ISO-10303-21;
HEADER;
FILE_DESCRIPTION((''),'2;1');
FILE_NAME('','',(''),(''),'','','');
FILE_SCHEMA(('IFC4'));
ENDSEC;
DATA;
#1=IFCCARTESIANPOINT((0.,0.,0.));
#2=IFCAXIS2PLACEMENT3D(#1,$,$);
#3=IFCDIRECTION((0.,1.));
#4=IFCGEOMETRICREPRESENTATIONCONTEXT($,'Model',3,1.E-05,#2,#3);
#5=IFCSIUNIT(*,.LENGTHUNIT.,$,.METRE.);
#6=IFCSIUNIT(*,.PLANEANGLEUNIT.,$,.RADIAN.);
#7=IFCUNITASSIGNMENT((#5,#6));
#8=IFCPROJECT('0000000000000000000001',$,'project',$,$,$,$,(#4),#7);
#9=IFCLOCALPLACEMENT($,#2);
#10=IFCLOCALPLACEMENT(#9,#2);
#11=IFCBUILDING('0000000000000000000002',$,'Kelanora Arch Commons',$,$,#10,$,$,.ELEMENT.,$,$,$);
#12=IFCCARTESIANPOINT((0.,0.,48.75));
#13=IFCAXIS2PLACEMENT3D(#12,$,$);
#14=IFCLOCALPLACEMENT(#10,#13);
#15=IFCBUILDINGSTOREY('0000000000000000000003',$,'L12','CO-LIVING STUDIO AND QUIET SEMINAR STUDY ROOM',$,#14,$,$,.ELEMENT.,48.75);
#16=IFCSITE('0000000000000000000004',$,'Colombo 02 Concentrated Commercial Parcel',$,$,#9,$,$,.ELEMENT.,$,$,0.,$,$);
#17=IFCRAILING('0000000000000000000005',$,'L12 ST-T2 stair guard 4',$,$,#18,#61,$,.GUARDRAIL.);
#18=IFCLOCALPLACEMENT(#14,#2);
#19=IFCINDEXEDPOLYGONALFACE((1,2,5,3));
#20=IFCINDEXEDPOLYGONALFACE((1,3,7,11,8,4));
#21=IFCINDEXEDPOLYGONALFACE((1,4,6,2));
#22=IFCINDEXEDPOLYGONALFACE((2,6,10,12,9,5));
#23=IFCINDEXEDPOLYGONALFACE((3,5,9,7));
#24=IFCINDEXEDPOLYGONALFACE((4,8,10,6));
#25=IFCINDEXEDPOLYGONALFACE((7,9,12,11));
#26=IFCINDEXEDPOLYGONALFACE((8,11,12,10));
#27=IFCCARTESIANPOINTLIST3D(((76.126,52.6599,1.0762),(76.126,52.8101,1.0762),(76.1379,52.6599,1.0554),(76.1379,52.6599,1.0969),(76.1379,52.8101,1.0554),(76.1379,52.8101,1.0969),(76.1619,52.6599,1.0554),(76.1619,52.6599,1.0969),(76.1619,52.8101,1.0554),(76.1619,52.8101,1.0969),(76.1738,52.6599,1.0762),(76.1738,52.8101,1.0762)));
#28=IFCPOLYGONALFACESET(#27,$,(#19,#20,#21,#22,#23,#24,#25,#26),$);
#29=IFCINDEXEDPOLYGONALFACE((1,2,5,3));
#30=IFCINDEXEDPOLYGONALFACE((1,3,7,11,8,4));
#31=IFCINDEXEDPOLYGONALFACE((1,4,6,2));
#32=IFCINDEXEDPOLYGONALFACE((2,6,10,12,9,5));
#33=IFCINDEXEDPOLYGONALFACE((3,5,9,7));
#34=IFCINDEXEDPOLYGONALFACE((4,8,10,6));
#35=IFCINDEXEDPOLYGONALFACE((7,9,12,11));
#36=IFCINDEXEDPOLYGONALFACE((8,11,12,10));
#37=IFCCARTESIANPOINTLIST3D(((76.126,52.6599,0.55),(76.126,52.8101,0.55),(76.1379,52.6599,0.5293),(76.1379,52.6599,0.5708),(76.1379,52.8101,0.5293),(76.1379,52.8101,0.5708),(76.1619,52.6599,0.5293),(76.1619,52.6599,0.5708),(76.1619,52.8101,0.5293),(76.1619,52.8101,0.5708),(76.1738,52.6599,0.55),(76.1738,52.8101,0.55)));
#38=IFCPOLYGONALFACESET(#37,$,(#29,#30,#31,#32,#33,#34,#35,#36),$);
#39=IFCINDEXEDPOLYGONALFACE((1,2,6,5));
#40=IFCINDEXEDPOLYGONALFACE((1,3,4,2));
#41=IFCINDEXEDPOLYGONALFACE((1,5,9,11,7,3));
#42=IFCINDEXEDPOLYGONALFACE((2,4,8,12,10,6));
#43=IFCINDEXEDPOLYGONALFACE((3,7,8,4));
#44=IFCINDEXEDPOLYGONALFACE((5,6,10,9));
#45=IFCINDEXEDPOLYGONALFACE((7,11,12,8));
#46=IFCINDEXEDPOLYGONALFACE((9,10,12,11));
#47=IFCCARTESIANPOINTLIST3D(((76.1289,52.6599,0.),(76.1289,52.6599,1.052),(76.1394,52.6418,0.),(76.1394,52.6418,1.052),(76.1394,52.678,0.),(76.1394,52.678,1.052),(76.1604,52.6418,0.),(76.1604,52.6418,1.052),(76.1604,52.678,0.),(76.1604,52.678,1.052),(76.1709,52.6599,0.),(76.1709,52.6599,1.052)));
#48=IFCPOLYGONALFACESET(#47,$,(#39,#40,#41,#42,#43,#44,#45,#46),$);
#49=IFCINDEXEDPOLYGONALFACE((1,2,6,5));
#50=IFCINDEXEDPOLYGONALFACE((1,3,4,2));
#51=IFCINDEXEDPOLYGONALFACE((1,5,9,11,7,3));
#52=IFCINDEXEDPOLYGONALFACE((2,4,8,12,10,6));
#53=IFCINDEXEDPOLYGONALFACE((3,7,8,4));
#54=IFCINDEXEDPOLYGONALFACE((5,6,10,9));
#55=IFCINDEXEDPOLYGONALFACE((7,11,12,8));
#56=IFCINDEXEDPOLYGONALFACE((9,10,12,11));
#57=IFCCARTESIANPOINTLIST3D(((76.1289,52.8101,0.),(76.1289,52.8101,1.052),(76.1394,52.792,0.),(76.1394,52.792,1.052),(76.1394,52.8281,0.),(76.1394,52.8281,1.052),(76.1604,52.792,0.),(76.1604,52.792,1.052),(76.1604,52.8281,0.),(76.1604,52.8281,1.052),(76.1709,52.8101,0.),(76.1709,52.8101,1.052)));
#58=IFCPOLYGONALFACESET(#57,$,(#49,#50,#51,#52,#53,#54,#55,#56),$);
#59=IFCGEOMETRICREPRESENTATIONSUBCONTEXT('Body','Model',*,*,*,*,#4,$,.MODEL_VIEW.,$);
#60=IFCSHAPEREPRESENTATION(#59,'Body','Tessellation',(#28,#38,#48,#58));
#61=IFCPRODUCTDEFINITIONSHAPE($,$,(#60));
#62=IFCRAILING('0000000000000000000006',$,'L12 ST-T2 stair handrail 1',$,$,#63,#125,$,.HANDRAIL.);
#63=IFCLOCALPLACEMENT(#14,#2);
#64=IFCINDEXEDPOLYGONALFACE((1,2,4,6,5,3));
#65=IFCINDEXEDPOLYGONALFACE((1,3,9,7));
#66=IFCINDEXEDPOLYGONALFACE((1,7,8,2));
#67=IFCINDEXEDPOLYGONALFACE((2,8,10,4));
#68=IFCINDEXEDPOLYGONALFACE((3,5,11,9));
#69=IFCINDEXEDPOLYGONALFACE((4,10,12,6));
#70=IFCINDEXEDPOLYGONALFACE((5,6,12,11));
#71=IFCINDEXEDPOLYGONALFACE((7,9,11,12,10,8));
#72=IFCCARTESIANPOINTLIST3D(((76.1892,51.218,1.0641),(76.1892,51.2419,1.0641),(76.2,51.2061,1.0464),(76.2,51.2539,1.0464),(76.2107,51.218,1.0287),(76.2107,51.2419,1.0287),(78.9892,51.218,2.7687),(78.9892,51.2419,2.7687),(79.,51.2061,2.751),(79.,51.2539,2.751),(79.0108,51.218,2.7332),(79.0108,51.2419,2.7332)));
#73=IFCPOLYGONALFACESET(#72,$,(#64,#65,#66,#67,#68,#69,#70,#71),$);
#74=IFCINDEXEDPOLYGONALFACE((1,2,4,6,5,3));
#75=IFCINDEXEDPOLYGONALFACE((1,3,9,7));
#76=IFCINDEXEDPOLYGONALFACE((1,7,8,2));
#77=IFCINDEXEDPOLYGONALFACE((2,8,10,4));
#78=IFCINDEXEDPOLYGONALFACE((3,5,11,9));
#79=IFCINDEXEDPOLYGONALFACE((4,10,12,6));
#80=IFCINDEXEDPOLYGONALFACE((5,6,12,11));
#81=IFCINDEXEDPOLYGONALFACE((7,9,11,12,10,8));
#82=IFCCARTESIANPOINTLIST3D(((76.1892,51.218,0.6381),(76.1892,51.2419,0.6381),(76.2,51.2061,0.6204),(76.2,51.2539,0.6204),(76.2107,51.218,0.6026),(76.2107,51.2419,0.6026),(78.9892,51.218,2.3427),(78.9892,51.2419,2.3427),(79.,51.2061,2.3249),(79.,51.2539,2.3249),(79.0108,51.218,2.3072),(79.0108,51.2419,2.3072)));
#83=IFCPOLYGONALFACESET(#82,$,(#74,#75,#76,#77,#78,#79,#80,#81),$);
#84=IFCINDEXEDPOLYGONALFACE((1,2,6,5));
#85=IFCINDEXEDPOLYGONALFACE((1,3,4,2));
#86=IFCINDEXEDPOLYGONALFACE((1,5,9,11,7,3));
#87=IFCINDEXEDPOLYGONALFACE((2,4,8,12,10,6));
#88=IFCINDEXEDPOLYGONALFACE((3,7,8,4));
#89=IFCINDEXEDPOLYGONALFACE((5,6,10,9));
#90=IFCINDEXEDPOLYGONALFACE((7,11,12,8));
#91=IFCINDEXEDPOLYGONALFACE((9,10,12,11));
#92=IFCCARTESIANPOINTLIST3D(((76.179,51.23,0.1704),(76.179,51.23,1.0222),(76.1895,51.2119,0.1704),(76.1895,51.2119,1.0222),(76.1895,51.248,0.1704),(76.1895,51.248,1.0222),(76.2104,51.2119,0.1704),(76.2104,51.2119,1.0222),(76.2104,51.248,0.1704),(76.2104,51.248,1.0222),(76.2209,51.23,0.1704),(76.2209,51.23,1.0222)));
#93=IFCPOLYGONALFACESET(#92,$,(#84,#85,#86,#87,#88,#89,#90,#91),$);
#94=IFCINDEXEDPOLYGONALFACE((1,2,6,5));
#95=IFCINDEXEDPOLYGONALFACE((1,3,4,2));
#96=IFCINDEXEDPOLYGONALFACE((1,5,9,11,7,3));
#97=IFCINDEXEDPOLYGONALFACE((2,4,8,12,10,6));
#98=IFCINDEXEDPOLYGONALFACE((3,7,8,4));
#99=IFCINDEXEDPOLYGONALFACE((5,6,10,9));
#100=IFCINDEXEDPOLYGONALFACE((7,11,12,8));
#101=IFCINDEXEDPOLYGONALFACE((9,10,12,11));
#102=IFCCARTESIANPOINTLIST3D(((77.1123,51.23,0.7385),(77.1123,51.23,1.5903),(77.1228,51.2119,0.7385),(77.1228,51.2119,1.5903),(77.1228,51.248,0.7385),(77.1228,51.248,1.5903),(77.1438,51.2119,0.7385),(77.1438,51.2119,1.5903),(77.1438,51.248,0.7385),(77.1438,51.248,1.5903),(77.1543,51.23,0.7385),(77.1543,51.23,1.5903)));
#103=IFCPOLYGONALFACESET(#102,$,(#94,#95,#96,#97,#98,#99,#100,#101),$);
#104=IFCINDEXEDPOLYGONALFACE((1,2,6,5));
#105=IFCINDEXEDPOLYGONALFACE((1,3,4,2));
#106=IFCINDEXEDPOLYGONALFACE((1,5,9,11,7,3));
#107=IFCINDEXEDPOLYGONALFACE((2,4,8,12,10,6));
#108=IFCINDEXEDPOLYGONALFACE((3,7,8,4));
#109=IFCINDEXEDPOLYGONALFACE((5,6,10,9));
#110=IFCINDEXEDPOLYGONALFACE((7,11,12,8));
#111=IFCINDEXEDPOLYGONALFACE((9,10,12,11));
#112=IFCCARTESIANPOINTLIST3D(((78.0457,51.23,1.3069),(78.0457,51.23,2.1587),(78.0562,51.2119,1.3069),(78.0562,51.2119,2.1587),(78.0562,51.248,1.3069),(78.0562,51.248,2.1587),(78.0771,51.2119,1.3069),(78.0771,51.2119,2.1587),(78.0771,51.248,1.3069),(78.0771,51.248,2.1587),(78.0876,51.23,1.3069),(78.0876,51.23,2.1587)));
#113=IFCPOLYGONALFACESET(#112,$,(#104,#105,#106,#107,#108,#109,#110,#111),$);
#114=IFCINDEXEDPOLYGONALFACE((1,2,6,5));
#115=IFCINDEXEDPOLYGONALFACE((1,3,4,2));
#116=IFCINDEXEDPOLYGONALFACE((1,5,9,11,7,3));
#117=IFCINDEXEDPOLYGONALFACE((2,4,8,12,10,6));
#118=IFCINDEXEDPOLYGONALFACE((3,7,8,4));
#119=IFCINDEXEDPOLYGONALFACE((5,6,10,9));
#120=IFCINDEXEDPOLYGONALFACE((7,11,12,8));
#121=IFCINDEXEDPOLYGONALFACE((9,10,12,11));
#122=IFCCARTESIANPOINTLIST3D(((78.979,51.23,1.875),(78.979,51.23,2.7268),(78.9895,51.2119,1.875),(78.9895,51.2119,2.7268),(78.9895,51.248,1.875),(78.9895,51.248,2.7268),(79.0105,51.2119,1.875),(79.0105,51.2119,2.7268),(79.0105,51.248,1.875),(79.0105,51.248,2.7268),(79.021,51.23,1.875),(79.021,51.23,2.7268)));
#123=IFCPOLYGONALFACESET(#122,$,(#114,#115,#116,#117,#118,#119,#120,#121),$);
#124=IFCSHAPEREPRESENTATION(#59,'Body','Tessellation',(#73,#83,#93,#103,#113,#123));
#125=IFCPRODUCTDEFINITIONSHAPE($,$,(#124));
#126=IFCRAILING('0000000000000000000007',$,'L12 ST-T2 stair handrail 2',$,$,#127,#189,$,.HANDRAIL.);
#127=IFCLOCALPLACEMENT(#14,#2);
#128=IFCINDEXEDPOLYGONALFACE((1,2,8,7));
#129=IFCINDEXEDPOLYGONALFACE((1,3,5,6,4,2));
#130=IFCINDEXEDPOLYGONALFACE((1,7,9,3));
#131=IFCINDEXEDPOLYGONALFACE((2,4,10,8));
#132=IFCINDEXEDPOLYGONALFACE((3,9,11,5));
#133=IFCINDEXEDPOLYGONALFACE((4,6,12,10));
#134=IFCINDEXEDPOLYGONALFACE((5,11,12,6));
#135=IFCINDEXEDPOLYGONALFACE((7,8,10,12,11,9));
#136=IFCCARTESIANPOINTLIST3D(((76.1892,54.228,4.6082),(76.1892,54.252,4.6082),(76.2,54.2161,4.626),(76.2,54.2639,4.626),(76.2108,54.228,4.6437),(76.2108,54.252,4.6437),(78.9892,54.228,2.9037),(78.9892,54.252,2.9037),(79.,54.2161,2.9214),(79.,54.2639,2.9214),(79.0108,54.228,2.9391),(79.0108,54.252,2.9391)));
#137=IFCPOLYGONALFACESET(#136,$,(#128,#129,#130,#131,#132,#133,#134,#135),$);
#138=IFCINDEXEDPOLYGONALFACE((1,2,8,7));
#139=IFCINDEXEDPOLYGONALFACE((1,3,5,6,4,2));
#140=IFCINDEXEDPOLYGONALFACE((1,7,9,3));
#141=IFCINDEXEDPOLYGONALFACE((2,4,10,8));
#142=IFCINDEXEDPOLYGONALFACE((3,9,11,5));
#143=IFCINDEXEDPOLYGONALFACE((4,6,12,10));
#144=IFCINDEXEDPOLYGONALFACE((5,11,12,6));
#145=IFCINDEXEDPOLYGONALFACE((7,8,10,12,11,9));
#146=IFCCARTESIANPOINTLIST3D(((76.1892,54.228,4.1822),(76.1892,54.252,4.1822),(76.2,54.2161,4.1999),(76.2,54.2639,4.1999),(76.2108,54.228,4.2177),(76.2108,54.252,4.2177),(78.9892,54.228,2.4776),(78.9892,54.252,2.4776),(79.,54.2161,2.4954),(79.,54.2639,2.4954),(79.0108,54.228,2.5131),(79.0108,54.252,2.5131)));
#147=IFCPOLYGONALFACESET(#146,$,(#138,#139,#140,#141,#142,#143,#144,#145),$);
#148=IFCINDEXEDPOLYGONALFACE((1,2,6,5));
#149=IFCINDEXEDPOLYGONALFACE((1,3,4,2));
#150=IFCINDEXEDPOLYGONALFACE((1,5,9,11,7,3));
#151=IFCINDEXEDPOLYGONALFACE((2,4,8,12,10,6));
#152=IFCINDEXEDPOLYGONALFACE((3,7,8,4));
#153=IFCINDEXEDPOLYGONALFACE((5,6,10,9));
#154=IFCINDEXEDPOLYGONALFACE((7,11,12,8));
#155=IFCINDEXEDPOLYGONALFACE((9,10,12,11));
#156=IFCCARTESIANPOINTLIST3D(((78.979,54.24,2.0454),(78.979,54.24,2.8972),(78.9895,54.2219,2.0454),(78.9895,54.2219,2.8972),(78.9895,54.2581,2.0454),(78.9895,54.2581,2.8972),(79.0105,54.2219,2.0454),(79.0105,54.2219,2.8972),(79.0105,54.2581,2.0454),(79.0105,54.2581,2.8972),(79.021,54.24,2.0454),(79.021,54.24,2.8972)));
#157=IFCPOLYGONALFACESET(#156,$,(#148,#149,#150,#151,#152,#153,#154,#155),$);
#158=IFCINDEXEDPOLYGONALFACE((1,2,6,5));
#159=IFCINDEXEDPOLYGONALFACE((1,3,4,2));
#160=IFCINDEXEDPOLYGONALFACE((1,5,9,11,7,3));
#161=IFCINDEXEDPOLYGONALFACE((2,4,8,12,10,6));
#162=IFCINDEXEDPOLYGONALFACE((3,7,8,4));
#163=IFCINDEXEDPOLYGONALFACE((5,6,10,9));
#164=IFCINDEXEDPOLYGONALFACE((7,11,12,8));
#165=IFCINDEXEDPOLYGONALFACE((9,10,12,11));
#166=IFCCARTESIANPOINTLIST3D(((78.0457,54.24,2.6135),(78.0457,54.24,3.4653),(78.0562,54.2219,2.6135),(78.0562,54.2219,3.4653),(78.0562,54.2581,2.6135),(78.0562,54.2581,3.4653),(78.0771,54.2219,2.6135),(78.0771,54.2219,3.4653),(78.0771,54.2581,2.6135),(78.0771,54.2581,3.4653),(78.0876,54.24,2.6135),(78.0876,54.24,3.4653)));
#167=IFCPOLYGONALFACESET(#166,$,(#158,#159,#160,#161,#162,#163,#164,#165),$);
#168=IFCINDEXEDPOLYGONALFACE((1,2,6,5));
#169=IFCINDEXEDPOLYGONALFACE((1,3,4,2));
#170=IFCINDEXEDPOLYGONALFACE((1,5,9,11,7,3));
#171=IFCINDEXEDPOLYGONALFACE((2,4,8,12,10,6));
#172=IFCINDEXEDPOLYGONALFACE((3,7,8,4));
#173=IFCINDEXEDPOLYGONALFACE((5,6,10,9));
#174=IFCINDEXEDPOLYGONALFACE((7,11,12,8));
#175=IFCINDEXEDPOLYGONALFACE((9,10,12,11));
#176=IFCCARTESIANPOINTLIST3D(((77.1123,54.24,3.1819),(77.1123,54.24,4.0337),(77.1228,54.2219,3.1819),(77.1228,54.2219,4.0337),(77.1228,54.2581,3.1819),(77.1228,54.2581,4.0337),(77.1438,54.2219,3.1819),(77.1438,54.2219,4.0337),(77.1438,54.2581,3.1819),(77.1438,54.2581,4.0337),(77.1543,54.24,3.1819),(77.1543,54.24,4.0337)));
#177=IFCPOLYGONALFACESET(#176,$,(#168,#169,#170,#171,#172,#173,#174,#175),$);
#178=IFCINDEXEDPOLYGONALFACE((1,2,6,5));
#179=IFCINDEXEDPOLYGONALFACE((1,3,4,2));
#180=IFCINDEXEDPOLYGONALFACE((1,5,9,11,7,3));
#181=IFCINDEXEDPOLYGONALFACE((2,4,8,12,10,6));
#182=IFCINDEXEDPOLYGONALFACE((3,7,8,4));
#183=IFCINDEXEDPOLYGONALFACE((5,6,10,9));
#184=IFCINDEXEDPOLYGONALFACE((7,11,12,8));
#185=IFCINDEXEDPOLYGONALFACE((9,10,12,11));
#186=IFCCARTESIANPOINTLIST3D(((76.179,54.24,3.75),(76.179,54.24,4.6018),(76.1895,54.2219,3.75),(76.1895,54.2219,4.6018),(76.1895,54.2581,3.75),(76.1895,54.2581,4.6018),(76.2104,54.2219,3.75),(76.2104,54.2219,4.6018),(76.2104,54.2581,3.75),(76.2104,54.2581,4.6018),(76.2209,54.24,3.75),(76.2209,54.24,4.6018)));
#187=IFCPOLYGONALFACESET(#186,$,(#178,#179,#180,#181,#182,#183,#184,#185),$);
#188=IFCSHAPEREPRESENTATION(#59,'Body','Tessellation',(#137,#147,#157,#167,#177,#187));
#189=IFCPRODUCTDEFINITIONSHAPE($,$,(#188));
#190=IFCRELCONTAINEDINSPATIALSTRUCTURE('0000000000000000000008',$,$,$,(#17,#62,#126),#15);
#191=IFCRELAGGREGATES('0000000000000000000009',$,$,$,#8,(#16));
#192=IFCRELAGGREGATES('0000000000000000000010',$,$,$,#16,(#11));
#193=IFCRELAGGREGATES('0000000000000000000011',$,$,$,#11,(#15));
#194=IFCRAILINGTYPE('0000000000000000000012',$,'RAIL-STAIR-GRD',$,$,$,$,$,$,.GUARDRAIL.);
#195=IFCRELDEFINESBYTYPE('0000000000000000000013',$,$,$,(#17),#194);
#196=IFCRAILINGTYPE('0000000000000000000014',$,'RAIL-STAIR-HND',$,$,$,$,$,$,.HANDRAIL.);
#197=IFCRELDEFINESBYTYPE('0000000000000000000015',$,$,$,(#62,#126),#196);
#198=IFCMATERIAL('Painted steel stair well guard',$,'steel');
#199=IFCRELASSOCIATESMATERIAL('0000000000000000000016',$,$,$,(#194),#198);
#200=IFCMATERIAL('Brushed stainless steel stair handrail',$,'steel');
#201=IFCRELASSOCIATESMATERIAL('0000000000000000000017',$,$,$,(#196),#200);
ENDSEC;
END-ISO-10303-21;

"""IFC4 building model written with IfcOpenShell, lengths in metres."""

from ifc_helpers import new_model, si_unit, direction, frame, origin, place, context, subcontext, project, spatial, polyline, outline, extrude, material, type_object, element, save


model = new_model("IFC4")

# Units and contexts
model_context = context("Model", 3, precision=1e-05, world=origin(), true_north=direction((0.0, 1.0)))
body_context = subcontext(model_context, "Body", "Model", "MODEL_VIEW")
ifc_project = project(units=[si_unit("LENGTHUNIT", "METRE"), si_unit("PLANEANGLEUNIT", "RADIAN")], contexts=[model_context])

# Site, building, storey
site_placement = place(None, origin())
site = spatial("IfcSite", under=ifc_project, at=site_placement, Name="Colombo 02 Concentrated Commercial Parcel", CompositionType="ELEMENT", RefElevation=0.0)
building_placement = place(site_placement, origin())
building = spatial("IfcBuilding", under=site, at=building_placement, Name="Kelanora Arch Commons", CompositionType="ELEMENT")
storey_placement = place(building_placement, frame((0.0, 0.0, 48.75)))
storey = spatial("IfcBuildingStorey", under=building, at=storey_placement, Name="L12", Description="CO-LIVING STUDIO AND QUIET SEMINAR STUDY ROOM", CompositionType="ELEMENT", Elevation=48.75)

# Railings
ifc_material_1 = material(Name="Painted steel stair well guard", Category="steel")
railing_type_1 = type_object("IfcRailingType", Name="RAIL-STAIR-GRD", PredefinedType="GUARDRAIL", material=ifc_material_1)
railing_1_placement = place(storey_placement, frame((76.1499, 52.6599, 0.0)))
element("IfcRailing", 1, at=railing_1_placement, inside=storey, type_object=railing_type_1, Name="L12 ST-T2 stair guard 4", PredefinedType="GUARDRAIL", context=body_context, shape_type="SweptSolid", body=[
    extrude(outline(polyline([(0.0239, 0.0), (0.012, 0.0208), (-0.012, 0.0208), (-0.0239, 0.0), (-0.012, -0.0208), (0.012, -0.0208), (0.0239, 0.0)])), frame((0.0, 0.0, 1.0762), z_axis=(0.0, 1.0, 0.0), x_axis=(-1.0, 0.0, 0.0)), (0.0, 0.0, 1.0), 0.1501),
    extrude(outline(polyline([(0.0239, 0.0), (0.012, 0.0208), (-0.012, 0.0208), (-0.0239, 0.0), (-0.012, -0.0208), (0.012, -0.0208), (0.0239, 0.0)])), frame((0.0, 0.0, 0.55), z_axis=(0.0, 1.0, 0.0), x_axis=(-1.0, 0.0, 0.0)), (0.0, 0.0, 1.0), 0.1501),
    extrude(outline(polyline([(0.021, 0.0), (0.0105, 0.0181), (-0.0105, 0.0181), (-0.021, 0.0), (-0.0105, -0.0181), (0.0105, -0.0181), (0.021, 0.0)])), origin(), (0.0, 0.0, 1.0), 1.052),
    extrude(outline(polyline([(0.021, 0.0), (0.0105, 0.0181), (-0.0105, 0.0181), (-0.021, 0.0), (-0.0105, -0.0181), (0.0105, -0.0181), (0.021, 0.0)])), frame((0.0, 0.1501, 0.0)), (0.0, 0.0, 1.0), 1.052),
])
ifc_material_2 = material(Name="Brushed stainless steel stair handrail", Category="steel")
railing_type_2 = type_object("IfcRailingType", Name="RAIL-STAIR-HND", PredefinedType="HANDRAIL", material=ifc_material_2)
railing_2_placement = place(storey_placement, frame((76.2, 51.23, 0.1704)))
element("IfcRailing", 2, at=railing_2_placement, inside=storey, type_object=railing_type_2, Name="L12 ST-T2 stair handrail 1", PredefinedType="HANDRAIL", context=body_context, shape_type="SweptSolid", body=[
    extrude(outline(polyline([(0.0239, 0.0), (0.012, 0.0208), (-0.012, 0.0208), (-0.0239, 0.0), (-0.012, -0.0208), (0.012, -0.0208), (0.0239, 0.0)])), frame((0.0, 0.0, 0.876), z_axis=(0.85417, 0.0, 0.519994), x_axis=(0.0, 1.0, 0.0)), (0.0, 0.0, 1.0), 3.2781),
    extrude(outline(polyline([(0.0239, 0.0), (0.012, 0.0208), (-0.012, 0.0208), (-0.0239, 0.0), (-0.012, -0.0208), (0.012, -0.0208), (0.0239, 0.0)])), frame((0.0, 0.0, 0.45), z_axis=(0.85417, 0.0, 0.519994), x_axis=(0.0, 1.0, 0.0)), (0.0, 0.0, 1.0), 3.2781),
    extrude(outline(polyline([(0.021, 0.0), (0.0105, 0.0181), (-0.0105, 0.0181), (-0.021, 0.0), (-0.0105, -0.0181), (0.0105, -0.0181), (0.021, 0.0)])), origin(), (0.0, 0.0, 1.0), 0.8518),
    extrude(outline(polyline([(0.021, 0.0), (0.0105, 0.0181), (-0.0105, 0.0181), (-0.021, 0.0), (-0.0105, -0.0181), (0.0105, -0.0181), (0.021, 0.0)])), frame((0.9333, 0.0, 0.5681)), (0.0, 0.0, 1.0), 0.8518),
    extrude(outline(polyline([(0.021, 0.0), (0.0105, 0.0181), (-0.0105, 0.0181), (-0.021, 0.0), (-0.0105, -0.0181), (0.0105, -0.0181), (0.021, 0.0)])), frame((1.8667, 0.0, 1.1365)), (0.0, 0.0, 1.0), 0.8518),
    extrude(outline(polyline([(0.021, 0.0), (0.0105, 0.0181), (-0.0105, 0.0181), (-0.021, 0.0), (-0.0105, -0.0181), (0.0105, -0.0181), (0.021, 0.0)])), frame((2.8, 0.0, 1.7046)), (0.0, 0.0, 1.0), 0.8518),
])
railing_3_placement = place(storey_placement, frame((79.0, 54.24, 2.0454)))
element("IfcRailing", 3, at=railing_3_placement, inside=storey, type_object=railing_type_2, Name="L12 ST-T2 stair handrail 2", PredefinedType="HANDRAIL", context=body_context, shape_type="SweptSolid", body=[
    extrude(outline(polyline([(0.0239, 0.0), (0.012, 0.0208), (-0.012, 0.0208), (-0.0239, 0.0), (-0.012, -0.0208), (0.012, -0.0208), (0.0239, 0.0)])), frame((0.0, 0.0, 0.876), z_axis=(-0.85417, 0.0, 0.519994), x_axis=(0.0, -1.0, 0.0)), (0.0, 0.0, 1.0), 3.2781),
    extrude(outline(polyline([(0.0239, 0.0), (0.012, 0.0208), (-0.012, 0.0208), (-0.0239, 0.0), (-0.012, -0.0208), (0.012, -0.0208), (0.0239, 0.0)])), frame((0.0, 0.0, 0.45), z_axis=(-0.85417, 0.0, 0.519994), x_axis=(0.0, -1.0, 0.0)), (0.0, 0.0, 1.0), 3.2781),
    extrude(outline(polyline([(0.021, 0.0), (0.0105, 0.0181), (-0.0105, 0.0181), (-0.021, 0.0), (-0.0105, -0.0181), (0.0105, -0.0181), (0.021, 0.0)])), origin(), (0.0, 0.0, 1.0), 0.8518),
    extrude(outline(polyline([(0.021, 0.0), (0.0105, 0.0181), (-0.0105, 0.0181), (-0.021, 0.0), (-0.0105, -0.0181), (0.0105, -0.0181), (0.021, 0.0)])), frame((-0.9333, 0.0, 0.5681)), (0.0, 0.0, 1.0), 0.8518),
    extrude(outline(polyline([(0.021, 0.0), (0.0105, 0.0181), (-0.0105, 0.0181), (-0.021, 0.0), (-0.0105, -0.0181), (0.0105, -0.0181), (0.021, 0.0)])), frame((-1.8667, 0.0, 1.1365)), (0.0, 0.0, 1.0), 0.8518),
    extrude(outline(polyline([(0.021, 0.0), (0.0105, 0.0181), (-0.0105, 0.0181), (-0.021, 0.0), (-0.0105, -0.0181), (0.0105, -0.0181), (0.021, 0.0)])), frame((-2.8, 0.0, 1.7046)), (0.0, 0.0, 1.0), 0.8518),
])

save(model, "model.ifc")
